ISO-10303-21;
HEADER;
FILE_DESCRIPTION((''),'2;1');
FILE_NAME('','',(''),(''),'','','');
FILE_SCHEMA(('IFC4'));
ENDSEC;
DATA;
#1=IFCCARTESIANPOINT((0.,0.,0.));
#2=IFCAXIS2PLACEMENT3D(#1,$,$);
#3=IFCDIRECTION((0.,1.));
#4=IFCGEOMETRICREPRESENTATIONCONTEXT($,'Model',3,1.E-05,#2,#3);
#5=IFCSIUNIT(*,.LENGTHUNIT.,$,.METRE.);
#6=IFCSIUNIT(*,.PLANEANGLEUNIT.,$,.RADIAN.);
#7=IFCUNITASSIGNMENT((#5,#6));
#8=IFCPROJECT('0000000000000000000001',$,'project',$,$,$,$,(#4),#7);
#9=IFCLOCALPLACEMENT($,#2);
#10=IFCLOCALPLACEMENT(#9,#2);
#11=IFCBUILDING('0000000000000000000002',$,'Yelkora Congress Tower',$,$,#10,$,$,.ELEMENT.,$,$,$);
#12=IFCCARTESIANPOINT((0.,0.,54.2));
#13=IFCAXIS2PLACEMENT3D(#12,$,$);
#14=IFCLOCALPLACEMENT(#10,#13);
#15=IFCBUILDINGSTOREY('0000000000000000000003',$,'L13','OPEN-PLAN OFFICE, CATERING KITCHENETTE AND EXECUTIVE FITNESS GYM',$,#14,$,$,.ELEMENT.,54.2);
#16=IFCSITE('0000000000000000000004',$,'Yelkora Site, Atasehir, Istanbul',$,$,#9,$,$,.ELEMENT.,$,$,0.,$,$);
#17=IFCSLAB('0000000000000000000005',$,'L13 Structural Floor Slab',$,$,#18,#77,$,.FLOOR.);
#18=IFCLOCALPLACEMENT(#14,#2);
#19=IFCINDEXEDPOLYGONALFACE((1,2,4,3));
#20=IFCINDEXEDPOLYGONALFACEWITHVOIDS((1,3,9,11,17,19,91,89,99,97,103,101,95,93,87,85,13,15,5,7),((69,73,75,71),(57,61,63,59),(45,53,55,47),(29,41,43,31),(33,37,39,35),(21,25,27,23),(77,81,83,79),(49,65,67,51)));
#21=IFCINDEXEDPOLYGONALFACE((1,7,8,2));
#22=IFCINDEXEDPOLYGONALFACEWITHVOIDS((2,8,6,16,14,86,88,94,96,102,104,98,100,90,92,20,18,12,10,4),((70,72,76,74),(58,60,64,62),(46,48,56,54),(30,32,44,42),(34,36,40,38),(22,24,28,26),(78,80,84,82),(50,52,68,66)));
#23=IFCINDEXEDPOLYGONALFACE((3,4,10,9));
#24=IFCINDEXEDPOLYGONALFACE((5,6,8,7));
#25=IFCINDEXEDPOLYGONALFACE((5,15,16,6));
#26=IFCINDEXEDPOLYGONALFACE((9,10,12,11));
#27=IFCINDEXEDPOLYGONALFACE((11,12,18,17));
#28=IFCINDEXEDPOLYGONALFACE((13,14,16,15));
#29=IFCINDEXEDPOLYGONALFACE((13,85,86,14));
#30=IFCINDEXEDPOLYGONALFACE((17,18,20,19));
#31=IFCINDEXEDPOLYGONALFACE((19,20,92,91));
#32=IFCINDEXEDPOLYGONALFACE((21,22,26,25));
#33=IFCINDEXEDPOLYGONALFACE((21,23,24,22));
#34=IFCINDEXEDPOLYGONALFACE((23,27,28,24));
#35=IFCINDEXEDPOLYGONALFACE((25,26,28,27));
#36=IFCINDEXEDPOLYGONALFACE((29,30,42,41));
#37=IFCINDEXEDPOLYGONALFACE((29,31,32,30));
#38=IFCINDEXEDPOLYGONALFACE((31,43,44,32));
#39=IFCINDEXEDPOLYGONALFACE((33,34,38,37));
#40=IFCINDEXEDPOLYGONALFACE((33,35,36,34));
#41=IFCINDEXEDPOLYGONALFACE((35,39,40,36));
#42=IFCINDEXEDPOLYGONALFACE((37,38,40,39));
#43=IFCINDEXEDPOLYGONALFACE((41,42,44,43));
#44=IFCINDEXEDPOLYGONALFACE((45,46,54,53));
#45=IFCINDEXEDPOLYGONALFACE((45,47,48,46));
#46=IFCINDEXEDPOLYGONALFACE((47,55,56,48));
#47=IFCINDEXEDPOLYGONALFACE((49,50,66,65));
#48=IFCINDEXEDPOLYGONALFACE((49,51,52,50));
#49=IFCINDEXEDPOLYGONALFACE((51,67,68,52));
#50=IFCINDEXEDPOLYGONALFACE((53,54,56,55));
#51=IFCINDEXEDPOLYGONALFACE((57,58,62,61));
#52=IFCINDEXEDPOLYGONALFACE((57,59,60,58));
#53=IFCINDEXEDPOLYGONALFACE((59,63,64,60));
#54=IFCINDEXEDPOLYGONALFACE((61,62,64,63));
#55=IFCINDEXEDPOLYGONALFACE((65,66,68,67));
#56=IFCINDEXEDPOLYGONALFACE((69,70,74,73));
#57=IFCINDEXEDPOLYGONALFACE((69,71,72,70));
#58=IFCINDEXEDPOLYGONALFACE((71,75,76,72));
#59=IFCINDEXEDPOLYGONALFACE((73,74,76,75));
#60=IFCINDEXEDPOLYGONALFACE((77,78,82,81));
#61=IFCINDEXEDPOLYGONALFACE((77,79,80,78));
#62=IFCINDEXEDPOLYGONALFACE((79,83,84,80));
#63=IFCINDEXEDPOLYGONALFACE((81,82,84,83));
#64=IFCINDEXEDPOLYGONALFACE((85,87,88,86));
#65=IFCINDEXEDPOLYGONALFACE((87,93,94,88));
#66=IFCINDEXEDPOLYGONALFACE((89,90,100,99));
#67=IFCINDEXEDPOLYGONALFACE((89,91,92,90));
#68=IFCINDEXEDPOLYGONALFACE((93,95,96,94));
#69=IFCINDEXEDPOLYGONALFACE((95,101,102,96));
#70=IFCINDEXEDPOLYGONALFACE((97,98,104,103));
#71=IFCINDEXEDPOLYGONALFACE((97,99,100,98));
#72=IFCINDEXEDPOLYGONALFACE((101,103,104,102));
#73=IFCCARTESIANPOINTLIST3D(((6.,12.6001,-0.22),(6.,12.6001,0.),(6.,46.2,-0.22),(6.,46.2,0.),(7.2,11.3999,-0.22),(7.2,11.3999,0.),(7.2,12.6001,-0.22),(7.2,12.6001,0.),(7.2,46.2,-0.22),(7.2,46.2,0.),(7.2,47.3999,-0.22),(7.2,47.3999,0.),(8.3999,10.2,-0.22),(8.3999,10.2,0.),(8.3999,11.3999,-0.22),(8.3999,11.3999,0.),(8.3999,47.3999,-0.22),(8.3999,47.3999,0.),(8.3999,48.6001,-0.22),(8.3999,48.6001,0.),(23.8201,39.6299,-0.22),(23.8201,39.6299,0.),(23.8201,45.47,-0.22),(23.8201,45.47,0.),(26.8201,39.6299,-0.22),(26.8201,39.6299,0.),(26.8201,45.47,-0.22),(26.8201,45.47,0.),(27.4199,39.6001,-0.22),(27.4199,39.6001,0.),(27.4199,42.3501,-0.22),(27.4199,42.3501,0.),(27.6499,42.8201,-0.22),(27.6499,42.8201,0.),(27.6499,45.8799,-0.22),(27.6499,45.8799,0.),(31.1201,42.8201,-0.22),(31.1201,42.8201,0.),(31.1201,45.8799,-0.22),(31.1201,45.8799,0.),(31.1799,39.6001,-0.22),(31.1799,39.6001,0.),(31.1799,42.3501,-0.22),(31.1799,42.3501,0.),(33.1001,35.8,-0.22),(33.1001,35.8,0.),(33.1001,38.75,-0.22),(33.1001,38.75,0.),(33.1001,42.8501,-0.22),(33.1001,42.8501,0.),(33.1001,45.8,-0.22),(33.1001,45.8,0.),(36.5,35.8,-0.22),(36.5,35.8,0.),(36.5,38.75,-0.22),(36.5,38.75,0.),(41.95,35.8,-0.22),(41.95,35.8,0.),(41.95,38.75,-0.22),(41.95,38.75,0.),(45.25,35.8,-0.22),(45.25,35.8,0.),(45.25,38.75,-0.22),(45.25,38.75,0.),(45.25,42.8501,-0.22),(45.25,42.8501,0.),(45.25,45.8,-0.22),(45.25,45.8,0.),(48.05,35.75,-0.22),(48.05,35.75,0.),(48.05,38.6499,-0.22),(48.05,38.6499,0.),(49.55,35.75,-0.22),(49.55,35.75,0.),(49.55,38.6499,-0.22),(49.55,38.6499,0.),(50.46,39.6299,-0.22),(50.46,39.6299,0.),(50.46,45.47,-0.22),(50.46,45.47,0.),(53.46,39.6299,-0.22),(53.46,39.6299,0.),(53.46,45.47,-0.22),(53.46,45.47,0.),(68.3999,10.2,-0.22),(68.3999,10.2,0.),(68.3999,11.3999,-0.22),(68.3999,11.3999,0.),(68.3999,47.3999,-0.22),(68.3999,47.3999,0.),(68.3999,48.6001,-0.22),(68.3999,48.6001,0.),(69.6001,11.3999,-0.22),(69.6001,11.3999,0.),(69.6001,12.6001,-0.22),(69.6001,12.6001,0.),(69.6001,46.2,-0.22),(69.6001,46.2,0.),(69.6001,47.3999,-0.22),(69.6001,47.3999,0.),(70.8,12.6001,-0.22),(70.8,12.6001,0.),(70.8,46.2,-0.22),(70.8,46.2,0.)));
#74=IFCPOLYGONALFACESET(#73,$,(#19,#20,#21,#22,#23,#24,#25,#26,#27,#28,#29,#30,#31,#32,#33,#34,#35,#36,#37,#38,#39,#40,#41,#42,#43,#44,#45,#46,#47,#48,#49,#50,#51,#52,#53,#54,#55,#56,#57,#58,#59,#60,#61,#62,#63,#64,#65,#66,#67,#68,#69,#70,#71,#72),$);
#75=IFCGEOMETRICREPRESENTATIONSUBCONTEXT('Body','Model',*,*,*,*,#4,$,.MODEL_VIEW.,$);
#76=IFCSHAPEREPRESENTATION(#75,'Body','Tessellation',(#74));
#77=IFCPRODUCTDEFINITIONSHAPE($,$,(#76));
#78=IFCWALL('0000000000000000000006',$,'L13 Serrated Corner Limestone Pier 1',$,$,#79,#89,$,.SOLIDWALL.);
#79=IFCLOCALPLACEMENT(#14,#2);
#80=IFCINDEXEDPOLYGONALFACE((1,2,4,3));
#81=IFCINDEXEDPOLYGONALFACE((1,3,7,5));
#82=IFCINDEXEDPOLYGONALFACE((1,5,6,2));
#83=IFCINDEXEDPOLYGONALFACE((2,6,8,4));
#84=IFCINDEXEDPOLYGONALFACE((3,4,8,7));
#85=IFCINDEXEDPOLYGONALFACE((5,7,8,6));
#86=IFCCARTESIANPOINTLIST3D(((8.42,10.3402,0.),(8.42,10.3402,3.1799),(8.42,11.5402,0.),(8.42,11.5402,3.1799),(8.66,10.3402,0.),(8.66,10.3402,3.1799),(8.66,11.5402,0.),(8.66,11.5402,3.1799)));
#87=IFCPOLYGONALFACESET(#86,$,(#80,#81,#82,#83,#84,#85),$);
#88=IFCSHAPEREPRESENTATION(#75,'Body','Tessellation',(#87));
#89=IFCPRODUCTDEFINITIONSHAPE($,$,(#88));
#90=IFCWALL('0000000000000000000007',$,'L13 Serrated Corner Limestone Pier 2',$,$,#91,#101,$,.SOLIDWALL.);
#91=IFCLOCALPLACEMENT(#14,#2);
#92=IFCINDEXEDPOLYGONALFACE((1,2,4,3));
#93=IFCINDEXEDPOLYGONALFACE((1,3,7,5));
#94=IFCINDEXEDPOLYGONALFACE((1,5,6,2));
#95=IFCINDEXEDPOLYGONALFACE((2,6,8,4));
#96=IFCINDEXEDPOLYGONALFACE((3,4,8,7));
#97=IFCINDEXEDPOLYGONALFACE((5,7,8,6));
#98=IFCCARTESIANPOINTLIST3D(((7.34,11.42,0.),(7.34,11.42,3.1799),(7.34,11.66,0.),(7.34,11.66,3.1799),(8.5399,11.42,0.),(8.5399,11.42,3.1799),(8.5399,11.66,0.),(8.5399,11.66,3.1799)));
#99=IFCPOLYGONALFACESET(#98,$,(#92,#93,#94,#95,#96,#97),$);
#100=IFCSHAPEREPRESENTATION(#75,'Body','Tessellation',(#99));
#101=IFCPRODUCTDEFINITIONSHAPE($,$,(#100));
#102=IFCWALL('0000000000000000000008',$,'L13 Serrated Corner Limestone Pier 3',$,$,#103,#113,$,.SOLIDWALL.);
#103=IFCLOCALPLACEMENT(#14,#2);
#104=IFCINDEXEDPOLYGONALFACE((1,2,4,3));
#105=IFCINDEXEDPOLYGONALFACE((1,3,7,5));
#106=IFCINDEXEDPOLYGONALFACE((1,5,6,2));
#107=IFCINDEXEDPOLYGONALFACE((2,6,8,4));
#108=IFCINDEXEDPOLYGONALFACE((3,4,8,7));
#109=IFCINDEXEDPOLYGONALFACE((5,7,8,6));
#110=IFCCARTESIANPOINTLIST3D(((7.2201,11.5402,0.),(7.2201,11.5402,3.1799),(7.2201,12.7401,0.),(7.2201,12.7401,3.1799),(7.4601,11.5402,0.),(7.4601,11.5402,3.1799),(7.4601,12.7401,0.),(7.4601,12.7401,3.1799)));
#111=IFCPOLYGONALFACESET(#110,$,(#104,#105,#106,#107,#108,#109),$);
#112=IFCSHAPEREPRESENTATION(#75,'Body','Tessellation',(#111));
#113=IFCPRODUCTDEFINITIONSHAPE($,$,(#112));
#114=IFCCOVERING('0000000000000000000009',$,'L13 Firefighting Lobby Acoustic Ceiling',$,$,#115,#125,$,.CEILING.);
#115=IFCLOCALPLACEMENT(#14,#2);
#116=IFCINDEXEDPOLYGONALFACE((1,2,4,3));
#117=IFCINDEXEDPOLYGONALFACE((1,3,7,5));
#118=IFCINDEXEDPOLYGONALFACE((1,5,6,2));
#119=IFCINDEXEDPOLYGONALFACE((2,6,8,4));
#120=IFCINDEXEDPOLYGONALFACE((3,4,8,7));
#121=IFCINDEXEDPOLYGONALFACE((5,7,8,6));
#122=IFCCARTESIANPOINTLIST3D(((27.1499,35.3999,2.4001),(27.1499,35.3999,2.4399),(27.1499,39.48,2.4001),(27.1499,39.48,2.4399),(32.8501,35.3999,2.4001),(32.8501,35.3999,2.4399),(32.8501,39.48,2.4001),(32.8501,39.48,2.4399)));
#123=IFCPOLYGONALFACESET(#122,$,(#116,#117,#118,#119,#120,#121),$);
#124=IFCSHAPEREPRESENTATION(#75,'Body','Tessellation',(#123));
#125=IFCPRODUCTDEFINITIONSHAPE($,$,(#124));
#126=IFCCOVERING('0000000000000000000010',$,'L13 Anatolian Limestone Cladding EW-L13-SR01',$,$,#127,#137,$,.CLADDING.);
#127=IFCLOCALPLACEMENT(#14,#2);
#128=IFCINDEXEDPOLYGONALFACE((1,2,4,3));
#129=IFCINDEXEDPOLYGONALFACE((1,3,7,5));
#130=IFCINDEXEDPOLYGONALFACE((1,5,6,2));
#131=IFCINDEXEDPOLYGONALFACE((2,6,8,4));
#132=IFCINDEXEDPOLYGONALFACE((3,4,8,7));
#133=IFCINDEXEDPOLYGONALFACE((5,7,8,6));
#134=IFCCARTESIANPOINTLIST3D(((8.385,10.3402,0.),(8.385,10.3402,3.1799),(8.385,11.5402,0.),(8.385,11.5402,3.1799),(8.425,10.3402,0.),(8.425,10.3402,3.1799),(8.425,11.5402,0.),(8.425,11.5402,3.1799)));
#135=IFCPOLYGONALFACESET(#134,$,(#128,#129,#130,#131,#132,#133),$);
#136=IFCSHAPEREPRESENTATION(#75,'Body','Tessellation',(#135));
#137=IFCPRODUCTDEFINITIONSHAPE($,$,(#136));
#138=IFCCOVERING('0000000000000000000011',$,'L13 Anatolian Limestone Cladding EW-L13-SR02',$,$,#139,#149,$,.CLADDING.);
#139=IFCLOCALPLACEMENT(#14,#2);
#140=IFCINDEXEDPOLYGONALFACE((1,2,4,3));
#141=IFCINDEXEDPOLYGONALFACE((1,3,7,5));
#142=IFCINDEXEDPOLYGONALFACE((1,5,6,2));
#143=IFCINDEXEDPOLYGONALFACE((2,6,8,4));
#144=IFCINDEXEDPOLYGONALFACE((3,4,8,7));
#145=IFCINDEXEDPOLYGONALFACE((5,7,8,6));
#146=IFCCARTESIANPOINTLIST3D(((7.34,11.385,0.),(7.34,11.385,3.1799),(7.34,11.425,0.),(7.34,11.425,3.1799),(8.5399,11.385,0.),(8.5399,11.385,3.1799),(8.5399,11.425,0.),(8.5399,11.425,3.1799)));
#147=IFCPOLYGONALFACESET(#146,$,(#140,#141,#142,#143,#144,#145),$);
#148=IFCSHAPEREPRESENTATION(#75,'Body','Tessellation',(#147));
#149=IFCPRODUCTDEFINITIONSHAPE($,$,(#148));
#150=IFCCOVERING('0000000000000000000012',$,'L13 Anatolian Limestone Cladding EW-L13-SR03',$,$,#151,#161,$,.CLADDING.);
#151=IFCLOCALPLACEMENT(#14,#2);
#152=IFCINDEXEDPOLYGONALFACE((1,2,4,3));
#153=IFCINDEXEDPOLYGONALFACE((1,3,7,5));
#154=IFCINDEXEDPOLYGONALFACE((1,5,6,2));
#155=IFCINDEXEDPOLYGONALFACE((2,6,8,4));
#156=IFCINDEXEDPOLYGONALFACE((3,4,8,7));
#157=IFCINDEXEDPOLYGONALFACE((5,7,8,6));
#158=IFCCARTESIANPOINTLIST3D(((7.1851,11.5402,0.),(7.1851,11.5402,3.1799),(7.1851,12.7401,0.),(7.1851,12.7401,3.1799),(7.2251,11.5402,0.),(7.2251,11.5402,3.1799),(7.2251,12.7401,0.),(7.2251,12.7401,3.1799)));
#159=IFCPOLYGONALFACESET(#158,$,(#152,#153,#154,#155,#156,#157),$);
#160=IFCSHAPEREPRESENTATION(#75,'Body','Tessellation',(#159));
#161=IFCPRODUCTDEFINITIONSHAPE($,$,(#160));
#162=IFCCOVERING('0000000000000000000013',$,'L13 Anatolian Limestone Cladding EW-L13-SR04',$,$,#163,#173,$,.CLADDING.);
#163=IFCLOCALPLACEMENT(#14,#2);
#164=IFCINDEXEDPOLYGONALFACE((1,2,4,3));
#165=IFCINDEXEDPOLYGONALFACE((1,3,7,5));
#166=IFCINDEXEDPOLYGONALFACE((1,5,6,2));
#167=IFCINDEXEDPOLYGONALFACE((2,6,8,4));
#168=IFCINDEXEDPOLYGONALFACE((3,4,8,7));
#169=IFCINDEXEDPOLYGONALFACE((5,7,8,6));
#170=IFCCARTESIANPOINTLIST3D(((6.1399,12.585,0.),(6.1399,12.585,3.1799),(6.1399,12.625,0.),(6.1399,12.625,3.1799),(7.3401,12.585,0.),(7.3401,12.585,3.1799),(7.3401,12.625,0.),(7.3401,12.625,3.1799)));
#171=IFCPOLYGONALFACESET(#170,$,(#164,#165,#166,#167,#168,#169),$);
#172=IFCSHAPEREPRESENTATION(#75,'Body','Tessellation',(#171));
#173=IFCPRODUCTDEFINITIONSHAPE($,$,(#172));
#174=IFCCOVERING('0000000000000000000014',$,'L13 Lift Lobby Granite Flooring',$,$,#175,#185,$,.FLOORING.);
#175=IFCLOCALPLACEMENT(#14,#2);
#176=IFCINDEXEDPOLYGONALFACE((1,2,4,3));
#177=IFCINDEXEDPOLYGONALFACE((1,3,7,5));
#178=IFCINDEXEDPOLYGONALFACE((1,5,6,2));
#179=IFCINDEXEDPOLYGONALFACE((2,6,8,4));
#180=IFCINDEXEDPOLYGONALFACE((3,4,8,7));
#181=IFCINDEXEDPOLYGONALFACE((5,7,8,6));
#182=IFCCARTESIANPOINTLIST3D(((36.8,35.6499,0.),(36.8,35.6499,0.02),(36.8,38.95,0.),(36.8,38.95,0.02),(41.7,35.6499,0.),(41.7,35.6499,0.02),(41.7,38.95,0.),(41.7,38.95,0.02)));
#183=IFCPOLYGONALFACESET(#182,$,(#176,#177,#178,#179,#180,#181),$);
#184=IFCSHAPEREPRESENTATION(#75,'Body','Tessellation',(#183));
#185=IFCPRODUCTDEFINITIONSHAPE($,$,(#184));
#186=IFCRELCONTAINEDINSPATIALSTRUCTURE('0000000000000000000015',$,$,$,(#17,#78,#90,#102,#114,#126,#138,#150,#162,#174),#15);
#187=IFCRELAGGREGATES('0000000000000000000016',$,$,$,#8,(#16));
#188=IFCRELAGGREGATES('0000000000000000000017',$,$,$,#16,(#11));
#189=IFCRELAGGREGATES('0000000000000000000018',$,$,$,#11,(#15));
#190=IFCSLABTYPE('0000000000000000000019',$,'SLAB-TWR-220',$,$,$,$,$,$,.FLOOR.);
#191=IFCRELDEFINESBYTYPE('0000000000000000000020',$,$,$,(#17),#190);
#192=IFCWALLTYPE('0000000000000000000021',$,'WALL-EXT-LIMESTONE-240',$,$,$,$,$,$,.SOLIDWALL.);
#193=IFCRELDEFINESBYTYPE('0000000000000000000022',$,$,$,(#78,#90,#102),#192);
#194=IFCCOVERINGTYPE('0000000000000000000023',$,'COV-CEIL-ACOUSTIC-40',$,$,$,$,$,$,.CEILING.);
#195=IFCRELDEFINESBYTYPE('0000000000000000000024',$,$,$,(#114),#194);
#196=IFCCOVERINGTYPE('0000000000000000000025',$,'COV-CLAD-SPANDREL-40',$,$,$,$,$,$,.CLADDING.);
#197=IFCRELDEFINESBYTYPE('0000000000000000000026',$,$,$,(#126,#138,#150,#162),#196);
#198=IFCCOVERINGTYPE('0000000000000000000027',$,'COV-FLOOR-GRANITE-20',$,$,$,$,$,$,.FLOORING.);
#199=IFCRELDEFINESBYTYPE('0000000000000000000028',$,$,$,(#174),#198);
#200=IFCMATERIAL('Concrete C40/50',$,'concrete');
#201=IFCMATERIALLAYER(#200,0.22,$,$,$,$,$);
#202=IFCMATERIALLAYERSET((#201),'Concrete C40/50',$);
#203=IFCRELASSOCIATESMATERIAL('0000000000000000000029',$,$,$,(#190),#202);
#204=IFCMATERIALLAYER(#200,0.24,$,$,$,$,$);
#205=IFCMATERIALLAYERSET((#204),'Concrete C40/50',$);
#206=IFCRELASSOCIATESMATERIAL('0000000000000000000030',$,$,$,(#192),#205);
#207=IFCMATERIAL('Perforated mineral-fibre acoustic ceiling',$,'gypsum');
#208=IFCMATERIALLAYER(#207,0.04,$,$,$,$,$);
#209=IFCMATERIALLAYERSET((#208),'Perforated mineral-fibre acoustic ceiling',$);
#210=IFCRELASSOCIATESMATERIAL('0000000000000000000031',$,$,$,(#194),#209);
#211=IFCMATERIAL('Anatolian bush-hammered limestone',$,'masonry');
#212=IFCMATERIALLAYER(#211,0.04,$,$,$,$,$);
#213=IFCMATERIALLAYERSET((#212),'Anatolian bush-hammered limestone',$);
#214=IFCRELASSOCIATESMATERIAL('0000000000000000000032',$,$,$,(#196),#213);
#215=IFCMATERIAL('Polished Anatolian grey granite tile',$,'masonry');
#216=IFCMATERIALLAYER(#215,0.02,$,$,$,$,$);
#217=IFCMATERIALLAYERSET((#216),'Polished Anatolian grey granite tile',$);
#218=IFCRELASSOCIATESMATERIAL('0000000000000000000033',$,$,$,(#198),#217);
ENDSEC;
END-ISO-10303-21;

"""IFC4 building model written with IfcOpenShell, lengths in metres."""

from ifc_helpers import new_model, si_unit, direction, frame, frame_2d, origin, place, context, subcontext, project, spatial, polyline, rectangle, outline, extrude, material, layer, layer_set, type_object, element, save


model = new_model("IFC4")

# Units and contexts
model_context = context("Model", 3, precision=1e-05, world=origin(), true_north=direction((0.0, 1.0)))
body_context = subcontext(model_context, "Body", "Model", "MODEL_VIEW")
ifc_project = project(units=[si_unit("LENGTHUNIT", "METRE"), si_unit("PLANEANGLEUNIT", "RADIAN")], contexts=[model_context])

# Site, building, storey
site_placement = place(None, origin())
site = spatial("IfcSite", under=ifc_project, at=site_placement, Name="Yelkora Site, Atasehir, Istanbul", CompositionType="ELEMENT", RefElevation=0.0)
building_placement = place(site_placement, origin())
building = spatial("IfcBuilding", under=site, at=building_placement, Name="Yelkora Congress Tower", CompositionType="ELEMENT")
storey_placement = place(building_placement, frame((0.0, 0.0, 54.2)))
storey = spatial("IfcBuildingStorey", under=building, at=storey_placement, Name="L13", Description="OPEN-PLAN OFFICE, CATERING KITCHENETTE AND EXECUTIVE FITNESS GYM", CompositionType="ELEMENT", Elevation=54.2)

# Shared definitions
ifc_material_1 = material(Name="Concrete C40/50", Category="concrete")

# Slab
ifc_layer_1 = layer(ifc_material_1, 0.22)
ifc_layer_set_1 = layer_set([ifc_layer_1], Name="Concrete C40/50")
slab_type_1 = type_object("IfcSlabType", Name="SLAB-TWR-220", PredefinedType="FLOOR", material=ifc_layer_set_1)
slab_1_placement = place(storey_placement, frame((0.0, 0.0, -0.22)))
element("IfcSlab", 1, at=slab_1_placement, inside=storey, type_object=slab_type_1, Name="L13 Structural Floor Slab", PredefinedType="FLOOR", context=body_context, shape_type="SweptSolid", body=[
    extrude(outline(polyline([(8.3999, 10.2), (68.3999, 10.2), (68.3999, 11.3999), (69.6001, 11.3999), (69.6001, 12.6001), (70.8, 12.6001), (70.8, 46.2), (69.6001, 46.2), (69.6001, 47.3999), (68.3999, 47.3999), (68.3999, 48.6001), (8.3999, 48.6001), (8.3999, 47.3999), (7.2, 47.3999), (7.2, 46.2), (6.0, 46.2), (6.0, 12.6001), (7.2, 12.6001), (7.2, 11.3999), (8.3999, 11.3999), (8.3999, 10.2)]), holes=[polyline([(23.8201, 39.6299), (26.8201, 39.6299), (26.8201, 45.47), (23.8201, 45.47), (23.8201, 39.6299)]), polyline([(50.46, 39.6299), (53.46, 39.6299), (53.46, 45.47), (50.46, 45.47), (50.46, 39.6299)]), polyline([(48.05, 35.75), (49.55, 35.75), (49.55, 38.6499), (48.05, 38.6499), (48.05, 35.75)]), polyline([(41.95, 35.8), (45.25, 35.8), (45.25, 38.75), (41.95, 38.75), (41.95, 35.8)]), polyline([(33.1001, 42.8501), (45.25, 42.8501), (45.25, 45.8), (33.1001, 45.8), (33.1001, 42.8501)]), polyline([(33.1001, 35.8), (36.5, 35.8), (36.5, 38.75), (33.1001, 38.75), (33.1001, 35.8)]), polyline([(27.4199, 39.6001), (31.1799, 39.6001), (31.1799, 42.3501), (27.4199, 42.3501), (27.4199, 39.6001)]), polyline([(27.6499, 42.8201), (31.1201, 42.8201), (31.1201, 45.8799), (27.6499, 45.8799), (27.6499, 42.8201)])]), origin(), (0.0, 0.0, 1.0), 0.22),
])

# Walls
ifc_layer_2 = layer(ifc_material_1, 0.24)
ifc_layer_set_2 = layer_set([ifc_layer_2], Name="Concrete C40/50")
wall_type = type_object("IfcWallType", Name="WALL-EXT-LIMESTONE-240", PredefinedType="SOLIDWALL", material=ifc_layer_set_2)
for number, where, z_axis, x_axis, name in (
    (2, (8.54, 10.3401, 0.0), (0.0, 0.0, 1.0), (0.0, 1.0, 0.0), "L13 Serrated Corner Limestone Pier 1"),
    (3, (8.54, 11.54, 0.0), (0.0, 0.0, 1.0), (-1.0, 0.0, 0.0), "L13 Serrated Corner Limestone Pier 2"),
    (4, (7.3401, 11.54, 0.0), (0.0, 0.0, 1.0), (0.0, 1.0, 0.0), "L13 Serrated Corner Limestone Pier 3"),
):
    element("IfcWall", number, at=place(storey_placement, frame(where, z_axis=z_axis, x_axis=x_axis)), inside=storey, type_object=wall_type, Name=name, PredefinedType="SOLIDWALL", context=body_context, shape_type="SweptSolid", body=[
        extrude(rectangle(XDim=1.2, YDim=0.24, at=frame_2d((0.6001, 0.0))), origin(), (0.0, 0.0, 1.0), 3.1799),
    ])

# Coverings
ifc_material_2 = material(Name="Perforated mineral-fibre acoustic ceiling", Category="gypsum")
ifc_layer_3 = layer(ifc_material_2, 0.04)
ifc_layer_set_3 = layer_set([ifc_layer_3], Name="Perforated mineral-fibre acoustic ceiling")
covering_type_1 = type_object("IfcCoveringType", Name="COV-CEIL-ACOUSTIC-40", PredefinedType="CEILING", material=ifc_layer_set_3)
covering_1_placement = place(storey_placement, frame((0.0, 0.0, 2.4001)))
element("IfcCovering", 5, at=covering_1_placement, inside=storey, type_object=covering_type_1, Name="L13 Firefighting Lobby Acoustic Ceiling", PredefinedType="CEILING", context=body_context, shape_type="SweptSolid", body=[
    extrude(outline(polyline([(27.1499, 35.3999), (32.8501, 35.3999), (32.8501, 39.48), (27.1499, 39.48), (27.1499, 35.3999)])), origin(), (0.0, 0.0, 1.0), 0.0398),
])
ifc_material_3 = material(Name="Anatolian bush-hammered limestone", Category="masonry")
ifc_layer_4 = layer(ifc_material_3, 0.04)
ifc_layer_set_4 = layer_set([ifc_layer_4], Name="Anatolian bush-hammered limestone")
covering_type_2 = type_object("IfcCoveringType", Name="COV-CLAD-SPANDREL-40", PredefinedType="CLADDING", material=ifc_layer_set_4)
for number, where, z_axis, x_axis, name in (
    (6, (8.405, 10.3401, 0.0), (0.0, 0.0, 1.0), (0.0, 1.0, 0.0), "L13 Anatolian Limestone Cladding EW-L13-SR01"),
    (7, (8.54, 11.405, 0.0), (0.0, 0.0, 1.0), (-1.0, 0.0, 0.0), "L13 Anatolian Limestone Cladding EW-L13-SR02"),
    (8, (7.2051, 11.54, 0.0), (0.0, 0.0, 1.0), (0.0, 1.0, 0.0), "L13 Anatolian Limestone Cladding EW-L13-SR03"),
):
    element("IfcCovering", number, at=place(storey_placement, frame(where, z_axis=z_axis, x_axis=x_axis)), inside=storey, type_object=covering_type_2, Name=name, PredefinedType="CLADDING", context=body_context, shape_type="SweptSolid", body=[
        extrude(rectangle(XDim=1.2, YDim=0.04, at=frame_2d((0.6001, 0.0))), origin(), (0.0, 0.0, 1.0), 3.1799),
    ])
covering_2_placement = place(storey_placement, frame((7.3401, 12.605, 0.0), z_axis=(0.0, 0.0, 1.0), x_axis=(-1.0, 0.0, 0.0)))
element("IfcCovering", 9, at=covering_2_placement, inside=storey, type_object=covering_type_2, Name="L13 Anatolian Limestone Cladding EW-L13-SR04", PredefinedType="CLADDING", context=body_context, shape_type="SweptSolid", body=[
    extrude(rectangle(XDim=1.2002, YDim=0.04, at=frame_2d((0.6001, 0.0))), origin(), (0.0, 0.0, 1.0), 3.1799),
])
ifc_material_4 = material(Name="Polished Anatolian grey granite tile", Category="masonry")
ifc_layer_5 = layer(ifc_material_4, 0.02)
ifc_layer_set_5 = layer_set([ifc_layer_5], Name="Polished Anatolian grey granite tile")
covering_type_3 = type_object("IfcCoveringType", Name="COV-FLOOR-GRANITE-20", PredefinedType="FLOORING", material=ifc_layer_set_5)
covering_3_placement = place(storey_placement, origin())
element("IfcCovering", 10, at=covering_3_placement, inside=storey, type_object=covering_type_3, Name="L13 Lift Lobby Granite Flooring", PredefinedType="FLOORING", context=body_context, shape_type="SweptSolid", body=[
    extrude(outline(polyline([(36.8, 35.6499), (41.7, 35.6499), (41.7, 38.95), (36.8, 38.95), (36.8, 35.6499)])), origin(), (0.0, 0.0, 1.0), 0.02),
])

save(model, "model.ifc")
